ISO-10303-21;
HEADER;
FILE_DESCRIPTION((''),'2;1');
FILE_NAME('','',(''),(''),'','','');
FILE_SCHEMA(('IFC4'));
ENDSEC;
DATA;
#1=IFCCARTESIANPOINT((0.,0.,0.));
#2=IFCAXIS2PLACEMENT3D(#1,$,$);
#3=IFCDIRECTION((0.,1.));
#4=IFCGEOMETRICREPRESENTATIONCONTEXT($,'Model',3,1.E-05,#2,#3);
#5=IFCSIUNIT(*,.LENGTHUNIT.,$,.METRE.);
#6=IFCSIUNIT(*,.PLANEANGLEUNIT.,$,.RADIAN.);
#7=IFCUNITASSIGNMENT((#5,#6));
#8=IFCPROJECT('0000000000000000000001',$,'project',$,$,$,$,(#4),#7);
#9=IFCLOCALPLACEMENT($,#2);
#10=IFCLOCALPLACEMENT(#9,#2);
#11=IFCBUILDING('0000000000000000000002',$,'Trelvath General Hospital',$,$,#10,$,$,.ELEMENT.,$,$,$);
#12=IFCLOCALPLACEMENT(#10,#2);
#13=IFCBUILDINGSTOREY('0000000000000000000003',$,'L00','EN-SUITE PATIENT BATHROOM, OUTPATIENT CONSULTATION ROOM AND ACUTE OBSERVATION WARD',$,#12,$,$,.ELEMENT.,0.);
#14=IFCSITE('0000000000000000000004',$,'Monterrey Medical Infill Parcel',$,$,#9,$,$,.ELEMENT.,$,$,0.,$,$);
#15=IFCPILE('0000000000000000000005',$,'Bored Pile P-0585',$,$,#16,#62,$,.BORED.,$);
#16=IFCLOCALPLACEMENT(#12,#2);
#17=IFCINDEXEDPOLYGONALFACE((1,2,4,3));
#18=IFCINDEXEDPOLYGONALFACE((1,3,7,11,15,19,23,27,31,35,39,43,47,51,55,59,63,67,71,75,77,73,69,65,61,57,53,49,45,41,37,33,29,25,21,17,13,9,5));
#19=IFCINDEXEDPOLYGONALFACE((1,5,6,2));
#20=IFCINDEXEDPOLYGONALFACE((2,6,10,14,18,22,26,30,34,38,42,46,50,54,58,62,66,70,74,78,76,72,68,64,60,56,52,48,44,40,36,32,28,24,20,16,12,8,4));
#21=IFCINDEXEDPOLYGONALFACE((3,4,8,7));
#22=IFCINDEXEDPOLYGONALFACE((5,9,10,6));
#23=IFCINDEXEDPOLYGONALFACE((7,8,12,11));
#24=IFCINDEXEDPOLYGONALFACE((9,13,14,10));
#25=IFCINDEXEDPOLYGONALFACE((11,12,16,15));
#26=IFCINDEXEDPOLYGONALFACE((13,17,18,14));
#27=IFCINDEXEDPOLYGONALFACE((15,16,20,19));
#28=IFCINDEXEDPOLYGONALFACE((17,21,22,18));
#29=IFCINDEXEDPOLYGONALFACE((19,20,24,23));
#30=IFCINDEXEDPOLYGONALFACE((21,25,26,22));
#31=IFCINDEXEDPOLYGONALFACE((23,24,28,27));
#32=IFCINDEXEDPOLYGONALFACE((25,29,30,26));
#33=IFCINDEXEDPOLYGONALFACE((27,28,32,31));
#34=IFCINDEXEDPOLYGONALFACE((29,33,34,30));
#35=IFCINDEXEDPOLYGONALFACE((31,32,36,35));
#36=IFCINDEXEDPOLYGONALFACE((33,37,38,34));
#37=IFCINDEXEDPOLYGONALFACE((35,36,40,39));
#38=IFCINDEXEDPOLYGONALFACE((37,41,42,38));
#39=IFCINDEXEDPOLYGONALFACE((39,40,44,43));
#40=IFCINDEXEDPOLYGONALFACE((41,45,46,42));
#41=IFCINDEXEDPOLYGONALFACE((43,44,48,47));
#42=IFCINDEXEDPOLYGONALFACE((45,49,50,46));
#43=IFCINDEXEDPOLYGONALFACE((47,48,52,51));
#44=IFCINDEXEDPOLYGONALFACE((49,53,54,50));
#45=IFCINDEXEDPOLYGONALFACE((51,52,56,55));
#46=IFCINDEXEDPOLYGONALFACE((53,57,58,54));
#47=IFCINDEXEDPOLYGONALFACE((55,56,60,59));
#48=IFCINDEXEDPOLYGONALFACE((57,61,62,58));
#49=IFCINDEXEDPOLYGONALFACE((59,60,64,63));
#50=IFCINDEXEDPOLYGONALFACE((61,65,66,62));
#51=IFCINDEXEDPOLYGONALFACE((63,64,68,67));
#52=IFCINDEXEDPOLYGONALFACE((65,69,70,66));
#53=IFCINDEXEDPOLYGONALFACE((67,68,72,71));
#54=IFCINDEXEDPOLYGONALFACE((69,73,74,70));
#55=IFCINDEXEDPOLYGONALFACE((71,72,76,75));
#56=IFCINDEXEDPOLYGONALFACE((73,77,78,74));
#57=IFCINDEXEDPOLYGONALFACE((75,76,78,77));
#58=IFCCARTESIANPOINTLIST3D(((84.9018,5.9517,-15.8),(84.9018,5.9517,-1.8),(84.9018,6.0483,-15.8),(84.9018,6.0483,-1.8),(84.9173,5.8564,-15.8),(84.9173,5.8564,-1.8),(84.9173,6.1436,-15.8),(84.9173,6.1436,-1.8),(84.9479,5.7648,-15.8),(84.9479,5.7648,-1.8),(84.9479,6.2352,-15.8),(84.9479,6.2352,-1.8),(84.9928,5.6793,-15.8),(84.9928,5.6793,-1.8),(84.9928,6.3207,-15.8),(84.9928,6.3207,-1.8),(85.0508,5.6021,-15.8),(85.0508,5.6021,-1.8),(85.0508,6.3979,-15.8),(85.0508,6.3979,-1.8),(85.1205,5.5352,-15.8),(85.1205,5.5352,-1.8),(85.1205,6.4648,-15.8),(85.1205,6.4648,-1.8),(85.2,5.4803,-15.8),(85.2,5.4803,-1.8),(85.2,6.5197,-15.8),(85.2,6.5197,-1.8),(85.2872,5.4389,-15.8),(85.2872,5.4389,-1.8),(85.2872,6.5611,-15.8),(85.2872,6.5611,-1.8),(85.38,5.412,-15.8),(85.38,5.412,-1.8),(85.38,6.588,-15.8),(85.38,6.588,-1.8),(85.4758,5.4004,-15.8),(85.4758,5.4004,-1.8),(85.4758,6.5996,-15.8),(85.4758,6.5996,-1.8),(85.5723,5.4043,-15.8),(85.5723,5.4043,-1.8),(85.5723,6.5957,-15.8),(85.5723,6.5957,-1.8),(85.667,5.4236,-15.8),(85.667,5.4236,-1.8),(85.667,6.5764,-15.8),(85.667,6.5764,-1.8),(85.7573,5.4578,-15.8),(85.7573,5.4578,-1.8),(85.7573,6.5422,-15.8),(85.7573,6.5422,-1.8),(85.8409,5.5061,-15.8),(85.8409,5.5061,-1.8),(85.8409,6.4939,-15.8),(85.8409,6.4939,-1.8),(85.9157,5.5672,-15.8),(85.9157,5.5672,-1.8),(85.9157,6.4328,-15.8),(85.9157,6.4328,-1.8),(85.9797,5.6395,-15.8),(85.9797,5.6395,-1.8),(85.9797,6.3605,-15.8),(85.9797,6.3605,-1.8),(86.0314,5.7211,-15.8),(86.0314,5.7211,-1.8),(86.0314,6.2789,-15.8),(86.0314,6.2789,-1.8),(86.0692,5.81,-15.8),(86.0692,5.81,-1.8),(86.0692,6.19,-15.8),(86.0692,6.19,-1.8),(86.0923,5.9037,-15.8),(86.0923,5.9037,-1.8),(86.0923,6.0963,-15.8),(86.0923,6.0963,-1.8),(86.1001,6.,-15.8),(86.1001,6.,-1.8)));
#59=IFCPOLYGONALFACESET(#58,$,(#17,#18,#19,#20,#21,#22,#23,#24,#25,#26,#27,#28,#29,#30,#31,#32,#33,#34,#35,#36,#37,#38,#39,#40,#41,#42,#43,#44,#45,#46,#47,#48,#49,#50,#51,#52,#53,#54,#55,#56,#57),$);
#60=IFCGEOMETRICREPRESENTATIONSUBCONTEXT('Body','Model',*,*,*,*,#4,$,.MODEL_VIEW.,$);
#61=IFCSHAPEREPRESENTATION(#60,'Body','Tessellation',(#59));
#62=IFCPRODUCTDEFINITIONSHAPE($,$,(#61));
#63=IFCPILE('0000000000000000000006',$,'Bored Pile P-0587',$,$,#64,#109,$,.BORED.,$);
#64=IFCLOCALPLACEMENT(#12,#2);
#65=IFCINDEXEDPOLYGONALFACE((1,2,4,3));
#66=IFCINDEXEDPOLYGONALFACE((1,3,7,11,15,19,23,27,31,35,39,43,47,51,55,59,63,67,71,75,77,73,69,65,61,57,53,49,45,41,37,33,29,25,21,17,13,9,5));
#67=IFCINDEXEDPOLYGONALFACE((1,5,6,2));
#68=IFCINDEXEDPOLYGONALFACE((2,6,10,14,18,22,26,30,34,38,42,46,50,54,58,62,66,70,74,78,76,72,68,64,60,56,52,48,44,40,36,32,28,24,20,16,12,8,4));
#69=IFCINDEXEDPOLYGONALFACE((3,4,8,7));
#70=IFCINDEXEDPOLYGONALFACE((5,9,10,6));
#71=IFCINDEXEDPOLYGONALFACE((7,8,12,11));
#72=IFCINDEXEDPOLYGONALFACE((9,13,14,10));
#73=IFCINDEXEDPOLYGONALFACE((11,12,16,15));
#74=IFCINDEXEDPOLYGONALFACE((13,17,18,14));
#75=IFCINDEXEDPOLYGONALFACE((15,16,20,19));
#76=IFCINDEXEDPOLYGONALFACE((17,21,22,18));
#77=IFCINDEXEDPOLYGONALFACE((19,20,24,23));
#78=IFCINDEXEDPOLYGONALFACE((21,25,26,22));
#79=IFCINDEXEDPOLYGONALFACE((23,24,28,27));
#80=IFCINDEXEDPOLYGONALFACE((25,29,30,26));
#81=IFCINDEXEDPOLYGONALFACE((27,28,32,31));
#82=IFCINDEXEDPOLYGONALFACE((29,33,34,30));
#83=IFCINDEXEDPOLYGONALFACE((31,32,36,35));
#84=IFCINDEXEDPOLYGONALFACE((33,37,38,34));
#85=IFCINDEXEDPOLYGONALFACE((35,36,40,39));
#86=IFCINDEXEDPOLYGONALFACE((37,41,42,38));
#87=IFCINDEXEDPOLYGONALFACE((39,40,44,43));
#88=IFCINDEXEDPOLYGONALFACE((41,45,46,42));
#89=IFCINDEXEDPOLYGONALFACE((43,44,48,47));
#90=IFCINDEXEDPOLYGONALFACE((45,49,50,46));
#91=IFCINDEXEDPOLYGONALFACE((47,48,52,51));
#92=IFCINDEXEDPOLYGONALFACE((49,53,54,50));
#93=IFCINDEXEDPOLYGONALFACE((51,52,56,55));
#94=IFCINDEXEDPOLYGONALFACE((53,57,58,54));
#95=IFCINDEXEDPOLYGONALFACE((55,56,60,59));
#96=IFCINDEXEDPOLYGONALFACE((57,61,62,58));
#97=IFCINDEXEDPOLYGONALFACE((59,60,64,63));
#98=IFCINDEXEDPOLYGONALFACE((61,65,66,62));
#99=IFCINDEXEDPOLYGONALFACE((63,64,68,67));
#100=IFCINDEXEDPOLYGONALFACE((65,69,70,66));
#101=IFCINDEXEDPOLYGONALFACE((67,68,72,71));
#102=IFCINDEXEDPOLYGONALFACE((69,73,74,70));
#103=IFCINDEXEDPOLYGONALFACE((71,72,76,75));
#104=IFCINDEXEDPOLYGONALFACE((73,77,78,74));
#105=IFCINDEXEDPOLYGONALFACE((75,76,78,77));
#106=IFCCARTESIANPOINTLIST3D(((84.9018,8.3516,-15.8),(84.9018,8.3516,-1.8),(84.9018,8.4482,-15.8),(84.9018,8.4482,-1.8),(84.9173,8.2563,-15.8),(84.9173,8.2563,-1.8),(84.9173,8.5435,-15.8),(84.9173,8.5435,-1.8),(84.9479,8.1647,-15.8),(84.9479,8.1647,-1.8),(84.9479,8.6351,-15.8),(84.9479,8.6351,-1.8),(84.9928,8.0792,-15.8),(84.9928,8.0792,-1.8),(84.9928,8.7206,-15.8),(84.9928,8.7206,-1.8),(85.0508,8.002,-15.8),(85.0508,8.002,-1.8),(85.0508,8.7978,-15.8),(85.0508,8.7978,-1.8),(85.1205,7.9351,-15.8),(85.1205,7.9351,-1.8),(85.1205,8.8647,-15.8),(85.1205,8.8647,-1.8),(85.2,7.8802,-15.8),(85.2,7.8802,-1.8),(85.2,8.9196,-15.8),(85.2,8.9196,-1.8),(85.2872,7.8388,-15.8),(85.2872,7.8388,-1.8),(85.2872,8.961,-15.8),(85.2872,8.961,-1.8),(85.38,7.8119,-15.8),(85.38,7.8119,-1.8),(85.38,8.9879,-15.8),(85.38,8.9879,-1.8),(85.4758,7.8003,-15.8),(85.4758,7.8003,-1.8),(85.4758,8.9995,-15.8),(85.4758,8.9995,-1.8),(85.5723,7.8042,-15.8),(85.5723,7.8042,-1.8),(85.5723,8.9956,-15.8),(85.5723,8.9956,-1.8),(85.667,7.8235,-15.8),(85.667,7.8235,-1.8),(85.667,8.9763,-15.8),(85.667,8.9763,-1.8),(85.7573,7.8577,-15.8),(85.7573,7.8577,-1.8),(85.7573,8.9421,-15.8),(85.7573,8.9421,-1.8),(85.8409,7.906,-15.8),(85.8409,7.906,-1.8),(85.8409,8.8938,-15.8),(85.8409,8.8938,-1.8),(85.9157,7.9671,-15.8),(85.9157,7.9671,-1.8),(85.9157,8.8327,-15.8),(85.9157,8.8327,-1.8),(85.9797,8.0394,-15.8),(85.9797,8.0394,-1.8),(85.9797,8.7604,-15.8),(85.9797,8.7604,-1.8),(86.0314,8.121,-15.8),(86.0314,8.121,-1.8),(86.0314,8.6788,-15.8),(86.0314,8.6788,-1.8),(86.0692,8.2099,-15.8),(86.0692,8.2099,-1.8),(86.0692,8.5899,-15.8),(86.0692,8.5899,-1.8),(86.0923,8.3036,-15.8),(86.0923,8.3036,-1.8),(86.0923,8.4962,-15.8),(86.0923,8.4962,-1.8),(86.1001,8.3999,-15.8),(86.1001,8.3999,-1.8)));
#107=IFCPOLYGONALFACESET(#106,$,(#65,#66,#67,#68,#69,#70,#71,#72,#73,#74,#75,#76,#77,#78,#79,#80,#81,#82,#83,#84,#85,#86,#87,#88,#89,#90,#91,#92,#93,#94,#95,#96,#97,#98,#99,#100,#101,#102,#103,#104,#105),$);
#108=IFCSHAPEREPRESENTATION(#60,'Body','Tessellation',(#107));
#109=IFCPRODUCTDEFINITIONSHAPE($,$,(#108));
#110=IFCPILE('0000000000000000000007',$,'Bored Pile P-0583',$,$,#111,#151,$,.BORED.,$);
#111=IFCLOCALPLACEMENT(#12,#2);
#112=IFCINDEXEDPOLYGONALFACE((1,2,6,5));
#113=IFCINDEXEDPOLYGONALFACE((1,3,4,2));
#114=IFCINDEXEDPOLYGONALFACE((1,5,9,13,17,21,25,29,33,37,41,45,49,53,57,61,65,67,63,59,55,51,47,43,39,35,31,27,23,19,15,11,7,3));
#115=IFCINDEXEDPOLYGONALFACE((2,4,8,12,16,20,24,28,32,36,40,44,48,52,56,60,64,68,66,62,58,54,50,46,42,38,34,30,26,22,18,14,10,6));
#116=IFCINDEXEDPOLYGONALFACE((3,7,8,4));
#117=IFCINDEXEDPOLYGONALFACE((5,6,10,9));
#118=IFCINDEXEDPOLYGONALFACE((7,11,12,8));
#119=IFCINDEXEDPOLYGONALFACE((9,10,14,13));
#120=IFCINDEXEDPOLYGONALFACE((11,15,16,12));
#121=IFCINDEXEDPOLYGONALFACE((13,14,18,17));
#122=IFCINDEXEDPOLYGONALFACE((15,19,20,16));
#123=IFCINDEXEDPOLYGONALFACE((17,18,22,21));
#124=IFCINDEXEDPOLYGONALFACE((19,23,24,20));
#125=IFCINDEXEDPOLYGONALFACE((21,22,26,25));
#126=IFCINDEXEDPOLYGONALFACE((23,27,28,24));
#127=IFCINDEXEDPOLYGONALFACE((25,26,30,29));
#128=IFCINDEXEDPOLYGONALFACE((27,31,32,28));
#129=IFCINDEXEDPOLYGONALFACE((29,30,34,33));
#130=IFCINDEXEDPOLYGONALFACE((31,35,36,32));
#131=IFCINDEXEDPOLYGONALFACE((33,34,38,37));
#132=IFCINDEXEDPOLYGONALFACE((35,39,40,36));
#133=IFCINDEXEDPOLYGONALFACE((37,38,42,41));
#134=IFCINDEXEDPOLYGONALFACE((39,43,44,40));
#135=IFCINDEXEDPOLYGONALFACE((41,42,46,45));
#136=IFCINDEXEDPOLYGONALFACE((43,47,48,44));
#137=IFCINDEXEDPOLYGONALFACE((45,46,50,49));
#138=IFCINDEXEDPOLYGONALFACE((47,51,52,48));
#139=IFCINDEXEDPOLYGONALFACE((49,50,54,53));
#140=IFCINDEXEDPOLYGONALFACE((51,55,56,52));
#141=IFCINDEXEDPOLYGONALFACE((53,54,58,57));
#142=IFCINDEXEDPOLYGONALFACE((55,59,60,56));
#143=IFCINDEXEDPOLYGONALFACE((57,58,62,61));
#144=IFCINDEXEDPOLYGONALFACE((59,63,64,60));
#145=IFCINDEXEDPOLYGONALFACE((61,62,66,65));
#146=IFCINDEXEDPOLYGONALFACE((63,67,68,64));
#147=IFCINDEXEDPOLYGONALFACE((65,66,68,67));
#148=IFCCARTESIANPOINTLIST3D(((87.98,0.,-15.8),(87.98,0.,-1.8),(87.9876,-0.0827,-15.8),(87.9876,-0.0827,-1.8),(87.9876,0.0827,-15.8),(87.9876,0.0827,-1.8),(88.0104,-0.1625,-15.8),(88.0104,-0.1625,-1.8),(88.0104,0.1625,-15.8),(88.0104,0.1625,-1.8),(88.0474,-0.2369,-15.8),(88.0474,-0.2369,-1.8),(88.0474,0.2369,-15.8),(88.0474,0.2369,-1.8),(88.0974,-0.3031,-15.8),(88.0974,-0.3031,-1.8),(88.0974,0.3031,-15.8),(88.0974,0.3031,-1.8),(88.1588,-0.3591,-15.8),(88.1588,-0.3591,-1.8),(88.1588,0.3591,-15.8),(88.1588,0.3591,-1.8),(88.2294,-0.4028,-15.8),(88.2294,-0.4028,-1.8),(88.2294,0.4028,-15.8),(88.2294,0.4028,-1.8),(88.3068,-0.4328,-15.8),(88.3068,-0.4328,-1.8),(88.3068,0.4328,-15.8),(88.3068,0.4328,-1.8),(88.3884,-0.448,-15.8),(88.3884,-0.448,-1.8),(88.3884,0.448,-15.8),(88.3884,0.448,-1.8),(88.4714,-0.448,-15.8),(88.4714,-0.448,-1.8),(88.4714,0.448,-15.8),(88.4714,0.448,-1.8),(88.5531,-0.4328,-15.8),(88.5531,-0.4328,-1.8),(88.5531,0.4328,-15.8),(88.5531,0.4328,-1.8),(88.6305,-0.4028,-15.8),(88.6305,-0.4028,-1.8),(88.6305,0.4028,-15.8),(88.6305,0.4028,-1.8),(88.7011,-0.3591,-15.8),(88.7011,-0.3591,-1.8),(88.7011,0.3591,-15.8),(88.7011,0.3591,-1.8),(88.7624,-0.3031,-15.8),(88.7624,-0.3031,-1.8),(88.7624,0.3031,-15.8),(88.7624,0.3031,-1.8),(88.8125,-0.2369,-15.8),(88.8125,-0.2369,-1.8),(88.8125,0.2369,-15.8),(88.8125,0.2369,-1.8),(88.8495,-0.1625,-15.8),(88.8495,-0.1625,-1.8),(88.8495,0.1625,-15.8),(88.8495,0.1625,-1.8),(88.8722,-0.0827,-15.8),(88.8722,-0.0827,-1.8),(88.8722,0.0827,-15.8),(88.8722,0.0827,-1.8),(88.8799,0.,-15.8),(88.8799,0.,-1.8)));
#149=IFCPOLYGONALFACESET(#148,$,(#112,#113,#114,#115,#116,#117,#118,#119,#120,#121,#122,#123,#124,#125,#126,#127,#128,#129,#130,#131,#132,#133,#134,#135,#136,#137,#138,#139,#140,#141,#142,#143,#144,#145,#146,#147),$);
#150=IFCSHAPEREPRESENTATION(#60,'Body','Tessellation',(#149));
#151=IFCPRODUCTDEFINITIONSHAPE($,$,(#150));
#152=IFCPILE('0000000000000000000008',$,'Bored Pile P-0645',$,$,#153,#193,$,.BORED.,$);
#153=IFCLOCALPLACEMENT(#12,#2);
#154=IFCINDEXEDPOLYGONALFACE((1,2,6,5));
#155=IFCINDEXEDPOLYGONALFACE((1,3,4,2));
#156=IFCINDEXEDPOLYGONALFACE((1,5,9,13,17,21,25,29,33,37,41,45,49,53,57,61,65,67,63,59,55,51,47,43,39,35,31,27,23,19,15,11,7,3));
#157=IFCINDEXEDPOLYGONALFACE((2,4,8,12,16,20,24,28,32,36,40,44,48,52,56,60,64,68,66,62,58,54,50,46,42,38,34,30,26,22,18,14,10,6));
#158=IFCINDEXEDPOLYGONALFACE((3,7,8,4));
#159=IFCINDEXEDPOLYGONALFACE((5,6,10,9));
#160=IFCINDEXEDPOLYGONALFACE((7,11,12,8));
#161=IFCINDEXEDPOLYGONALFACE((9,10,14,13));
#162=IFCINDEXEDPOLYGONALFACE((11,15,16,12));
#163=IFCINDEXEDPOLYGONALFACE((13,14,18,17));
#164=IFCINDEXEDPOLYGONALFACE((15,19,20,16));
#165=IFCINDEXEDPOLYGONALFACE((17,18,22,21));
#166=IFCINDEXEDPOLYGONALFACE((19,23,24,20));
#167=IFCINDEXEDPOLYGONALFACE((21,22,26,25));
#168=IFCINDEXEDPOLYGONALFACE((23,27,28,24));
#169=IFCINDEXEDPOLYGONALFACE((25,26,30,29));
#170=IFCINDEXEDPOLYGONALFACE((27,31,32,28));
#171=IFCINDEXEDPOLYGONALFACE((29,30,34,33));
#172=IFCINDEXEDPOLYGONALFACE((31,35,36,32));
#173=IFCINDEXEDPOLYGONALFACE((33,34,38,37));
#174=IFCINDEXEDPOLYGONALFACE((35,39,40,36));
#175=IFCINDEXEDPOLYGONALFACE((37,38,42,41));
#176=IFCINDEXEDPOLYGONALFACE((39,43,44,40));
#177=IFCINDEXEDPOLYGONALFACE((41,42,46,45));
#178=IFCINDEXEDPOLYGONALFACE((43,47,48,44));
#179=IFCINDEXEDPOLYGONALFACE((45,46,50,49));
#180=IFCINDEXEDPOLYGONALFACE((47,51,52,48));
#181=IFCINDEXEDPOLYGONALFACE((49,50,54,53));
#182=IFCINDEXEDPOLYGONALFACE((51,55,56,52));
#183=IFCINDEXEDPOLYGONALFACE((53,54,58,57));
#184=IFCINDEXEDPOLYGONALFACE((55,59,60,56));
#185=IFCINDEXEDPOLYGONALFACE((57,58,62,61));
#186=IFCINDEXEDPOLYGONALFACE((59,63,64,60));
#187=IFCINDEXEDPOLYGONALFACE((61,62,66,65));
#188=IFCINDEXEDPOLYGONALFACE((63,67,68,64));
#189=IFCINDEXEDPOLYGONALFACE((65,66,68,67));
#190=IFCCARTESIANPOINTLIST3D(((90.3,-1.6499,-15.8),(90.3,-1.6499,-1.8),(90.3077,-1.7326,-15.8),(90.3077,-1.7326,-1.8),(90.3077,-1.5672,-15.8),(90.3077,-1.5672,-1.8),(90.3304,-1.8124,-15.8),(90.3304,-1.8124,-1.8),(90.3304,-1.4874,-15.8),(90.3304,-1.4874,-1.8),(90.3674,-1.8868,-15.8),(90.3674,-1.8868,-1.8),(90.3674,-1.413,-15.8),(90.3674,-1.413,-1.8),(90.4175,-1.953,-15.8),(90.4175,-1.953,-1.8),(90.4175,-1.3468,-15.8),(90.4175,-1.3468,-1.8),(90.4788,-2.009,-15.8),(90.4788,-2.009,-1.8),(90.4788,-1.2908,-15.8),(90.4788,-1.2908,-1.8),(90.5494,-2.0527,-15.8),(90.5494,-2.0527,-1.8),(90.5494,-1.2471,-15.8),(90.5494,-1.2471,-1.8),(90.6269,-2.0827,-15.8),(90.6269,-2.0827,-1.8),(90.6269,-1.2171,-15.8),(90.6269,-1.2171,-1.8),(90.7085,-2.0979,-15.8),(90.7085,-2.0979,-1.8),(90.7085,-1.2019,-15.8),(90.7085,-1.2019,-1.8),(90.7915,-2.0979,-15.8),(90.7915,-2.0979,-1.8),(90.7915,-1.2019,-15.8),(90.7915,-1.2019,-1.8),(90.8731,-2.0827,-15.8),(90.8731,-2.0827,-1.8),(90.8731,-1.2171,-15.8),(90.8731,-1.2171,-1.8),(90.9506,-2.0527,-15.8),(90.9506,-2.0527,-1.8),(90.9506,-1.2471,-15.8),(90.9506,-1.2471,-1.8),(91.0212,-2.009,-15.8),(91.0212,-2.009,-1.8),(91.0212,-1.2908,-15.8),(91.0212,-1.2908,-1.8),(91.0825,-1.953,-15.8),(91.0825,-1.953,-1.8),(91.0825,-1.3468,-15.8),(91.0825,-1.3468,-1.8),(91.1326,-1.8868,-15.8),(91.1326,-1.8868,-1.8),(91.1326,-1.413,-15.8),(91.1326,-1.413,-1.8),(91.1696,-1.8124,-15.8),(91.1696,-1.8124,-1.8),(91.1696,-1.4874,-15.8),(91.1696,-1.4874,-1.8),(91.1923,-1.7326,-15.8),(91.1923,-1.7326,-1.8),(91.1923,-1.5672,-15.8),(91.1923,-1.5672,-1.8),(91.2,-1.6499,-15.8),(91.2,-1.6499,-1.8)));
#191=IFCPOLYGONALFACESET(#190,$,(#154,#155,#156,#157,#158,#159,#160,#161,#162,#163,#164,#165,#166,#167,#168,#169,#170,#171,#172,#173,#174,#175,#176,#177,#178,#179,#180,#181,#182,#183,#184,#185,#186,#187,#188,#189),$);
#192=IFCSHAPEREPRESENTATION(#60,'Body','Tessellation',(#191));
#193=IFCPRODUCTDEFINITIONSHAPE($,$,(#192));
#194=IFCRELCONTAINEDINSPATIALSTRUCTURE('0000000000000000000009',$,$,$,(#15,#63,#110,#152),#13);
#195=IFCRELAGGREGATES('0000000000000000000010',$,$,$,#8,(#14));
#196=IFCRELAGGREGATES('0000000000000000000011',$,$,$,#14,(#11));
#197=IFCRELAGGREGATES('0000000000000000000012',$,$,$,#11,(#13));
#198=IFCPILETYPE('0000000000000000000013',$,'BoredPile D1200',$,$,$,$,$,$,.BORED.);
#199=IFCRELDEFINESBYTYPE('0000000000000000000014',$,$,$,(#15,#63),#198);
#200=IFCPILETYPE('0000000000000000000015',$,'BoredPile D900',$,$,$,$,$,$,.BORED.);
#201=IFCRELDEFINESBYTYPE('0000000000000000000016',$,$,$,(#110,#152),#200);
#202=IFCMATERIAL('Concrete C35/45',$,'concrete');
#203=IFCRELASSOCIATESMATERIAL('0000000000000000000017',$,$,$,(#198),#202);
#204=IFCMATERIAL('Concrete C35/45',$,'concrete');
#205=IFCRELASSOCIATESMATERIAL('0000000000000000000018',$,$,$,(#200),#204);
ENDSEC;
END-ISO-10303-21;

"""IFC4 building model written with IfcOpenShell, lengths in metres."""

from ifc_helpers import new_model, si_unit, direction, frame, origin, origin_2d, place, context, subcontext, project, spatial, circle, extrude, material, material_profile, profile_set, type_object, element, save


model = new_model("IFC4")

# Units and contexts
model_context = context("Model", 3, precision=1e-05, world=origin(), true_north=direction((0.0, 1.0)))
body_context = subcontext(model_context, "Body", "Model", "MODEL_VIEW")
ifc_project = project(units=[si_unit("LENGTHUNIT", "METRE"), si_unit("PLANEANGLEUNIT", "RADIAN")], contexts=[model_context])

# Site, building, storey
site_placement = place(None, origin())
site = spatial("IfcSite", under=ifc_project, at=site_placement, Name="Monterrey Medical Infill Parcel", CompositionType="ELEMENT", RefElevation=0.0)
building_placement = place(site_placement, origin())
building = spatial("IfcBuilding", under=site, at=building_placement, Name="Trelvath General Hospital", CompositionType="ELEMENT")
storey_placement = place(building_placement, origin())
storey = spatial("IfcBuildingStorey", under=building, at=storey_placement, Name="L00", Description="EN-SUITE PATIENT BATHROOM, OUTPATIENT CONSULTATION ROOM AND ACUTE OBSERVATION WARD", CompositionType="ELEMENT", Elevation=0.0)

# Piles
ifc_material_1 = material(Name="Concrete C35/45", Category="concrete")
ifc_material_profile_1 = material_profile(ifc_material_1, circle(Radius=0.6001, at=origin_2d()), Name="PILE1200")
ifc_profile_set_1 = profile_set([ifc_material_profile_1], Name="Concrete C35/45")
pile_type_1 = type_object("IfcPileType", Name="BoredPile D1200", PredefinedType="BORED", material=ifc_profile_set_1)
for number, where, z_axis, x_axis, name in (
    (1, (85.5, 6.0, -1.8), (0.0, 0.0, -1.0), (1.0, 0.0, 0.0), "Bored Pile P-0585"),
    (2, (85.5, 8.3999, -1.8), (0.0, 0.0, -1.0), (1.0, 0.0, 0.0), "Bored Pile P-0587"),
):
    element("IfcPile", number, at=place(storey_placement, frame(where, z_axis=z_axis, x_axis=x_axis)), inside=storey, type_object=pile_type_1, Name=name, PredefinedType="BORED", context=body_context, shape_type="SweptSolid", body=[
        extrude(circle(Radius=0.6001, at=origin_2d()), origin(), (0.0, 0.0, 1.0), 14.0),
    ])
ifc_material_2 = material(Name="Concrete C35/45", Category="concrete")
ifc_material_profile_2 = material_profile(ifc_material_2, circle(Radius=0.45, at=origin_2d()), Name="PILE900")
ifc_profile_set_2 = profile_set([ifc_material_profile_2], Name="Concrete C35/45")
pile_type_2 = type_object("IfcPileType", Name="BoredPile D900", PredefinedType="BORED", material=ifc_profile_set_2)
for number, where, z_axis, x_axis, name in (
    (3, (88.4299, 0.0, -1.8), (0.0, 0.0, -1.0), (1.0, 0.0, 0.0), "Bored Pile P-0583"),
    (4, (90.75, -1.6499, -1.8), (0.0, 0.0, -1.0), (1.0, 0.0, 0.0), "Bored Pile P-0645"),
):
    element("IfcPile", number, at=place(storey_placement, frame(where, z_axis=z_axis, x_axis=x_axis)), inside=storey, type_object=pile_type_2, Name=name, PredefinedType="BORED", context=body_context, shape_type="SweptSolid", body=[
        extrude(circle(Radius=0.45, at=origin_2d()), origin(), (0.0, 0.0, 1.0), 14.0),
    ])

save(model, "model.ifc")
